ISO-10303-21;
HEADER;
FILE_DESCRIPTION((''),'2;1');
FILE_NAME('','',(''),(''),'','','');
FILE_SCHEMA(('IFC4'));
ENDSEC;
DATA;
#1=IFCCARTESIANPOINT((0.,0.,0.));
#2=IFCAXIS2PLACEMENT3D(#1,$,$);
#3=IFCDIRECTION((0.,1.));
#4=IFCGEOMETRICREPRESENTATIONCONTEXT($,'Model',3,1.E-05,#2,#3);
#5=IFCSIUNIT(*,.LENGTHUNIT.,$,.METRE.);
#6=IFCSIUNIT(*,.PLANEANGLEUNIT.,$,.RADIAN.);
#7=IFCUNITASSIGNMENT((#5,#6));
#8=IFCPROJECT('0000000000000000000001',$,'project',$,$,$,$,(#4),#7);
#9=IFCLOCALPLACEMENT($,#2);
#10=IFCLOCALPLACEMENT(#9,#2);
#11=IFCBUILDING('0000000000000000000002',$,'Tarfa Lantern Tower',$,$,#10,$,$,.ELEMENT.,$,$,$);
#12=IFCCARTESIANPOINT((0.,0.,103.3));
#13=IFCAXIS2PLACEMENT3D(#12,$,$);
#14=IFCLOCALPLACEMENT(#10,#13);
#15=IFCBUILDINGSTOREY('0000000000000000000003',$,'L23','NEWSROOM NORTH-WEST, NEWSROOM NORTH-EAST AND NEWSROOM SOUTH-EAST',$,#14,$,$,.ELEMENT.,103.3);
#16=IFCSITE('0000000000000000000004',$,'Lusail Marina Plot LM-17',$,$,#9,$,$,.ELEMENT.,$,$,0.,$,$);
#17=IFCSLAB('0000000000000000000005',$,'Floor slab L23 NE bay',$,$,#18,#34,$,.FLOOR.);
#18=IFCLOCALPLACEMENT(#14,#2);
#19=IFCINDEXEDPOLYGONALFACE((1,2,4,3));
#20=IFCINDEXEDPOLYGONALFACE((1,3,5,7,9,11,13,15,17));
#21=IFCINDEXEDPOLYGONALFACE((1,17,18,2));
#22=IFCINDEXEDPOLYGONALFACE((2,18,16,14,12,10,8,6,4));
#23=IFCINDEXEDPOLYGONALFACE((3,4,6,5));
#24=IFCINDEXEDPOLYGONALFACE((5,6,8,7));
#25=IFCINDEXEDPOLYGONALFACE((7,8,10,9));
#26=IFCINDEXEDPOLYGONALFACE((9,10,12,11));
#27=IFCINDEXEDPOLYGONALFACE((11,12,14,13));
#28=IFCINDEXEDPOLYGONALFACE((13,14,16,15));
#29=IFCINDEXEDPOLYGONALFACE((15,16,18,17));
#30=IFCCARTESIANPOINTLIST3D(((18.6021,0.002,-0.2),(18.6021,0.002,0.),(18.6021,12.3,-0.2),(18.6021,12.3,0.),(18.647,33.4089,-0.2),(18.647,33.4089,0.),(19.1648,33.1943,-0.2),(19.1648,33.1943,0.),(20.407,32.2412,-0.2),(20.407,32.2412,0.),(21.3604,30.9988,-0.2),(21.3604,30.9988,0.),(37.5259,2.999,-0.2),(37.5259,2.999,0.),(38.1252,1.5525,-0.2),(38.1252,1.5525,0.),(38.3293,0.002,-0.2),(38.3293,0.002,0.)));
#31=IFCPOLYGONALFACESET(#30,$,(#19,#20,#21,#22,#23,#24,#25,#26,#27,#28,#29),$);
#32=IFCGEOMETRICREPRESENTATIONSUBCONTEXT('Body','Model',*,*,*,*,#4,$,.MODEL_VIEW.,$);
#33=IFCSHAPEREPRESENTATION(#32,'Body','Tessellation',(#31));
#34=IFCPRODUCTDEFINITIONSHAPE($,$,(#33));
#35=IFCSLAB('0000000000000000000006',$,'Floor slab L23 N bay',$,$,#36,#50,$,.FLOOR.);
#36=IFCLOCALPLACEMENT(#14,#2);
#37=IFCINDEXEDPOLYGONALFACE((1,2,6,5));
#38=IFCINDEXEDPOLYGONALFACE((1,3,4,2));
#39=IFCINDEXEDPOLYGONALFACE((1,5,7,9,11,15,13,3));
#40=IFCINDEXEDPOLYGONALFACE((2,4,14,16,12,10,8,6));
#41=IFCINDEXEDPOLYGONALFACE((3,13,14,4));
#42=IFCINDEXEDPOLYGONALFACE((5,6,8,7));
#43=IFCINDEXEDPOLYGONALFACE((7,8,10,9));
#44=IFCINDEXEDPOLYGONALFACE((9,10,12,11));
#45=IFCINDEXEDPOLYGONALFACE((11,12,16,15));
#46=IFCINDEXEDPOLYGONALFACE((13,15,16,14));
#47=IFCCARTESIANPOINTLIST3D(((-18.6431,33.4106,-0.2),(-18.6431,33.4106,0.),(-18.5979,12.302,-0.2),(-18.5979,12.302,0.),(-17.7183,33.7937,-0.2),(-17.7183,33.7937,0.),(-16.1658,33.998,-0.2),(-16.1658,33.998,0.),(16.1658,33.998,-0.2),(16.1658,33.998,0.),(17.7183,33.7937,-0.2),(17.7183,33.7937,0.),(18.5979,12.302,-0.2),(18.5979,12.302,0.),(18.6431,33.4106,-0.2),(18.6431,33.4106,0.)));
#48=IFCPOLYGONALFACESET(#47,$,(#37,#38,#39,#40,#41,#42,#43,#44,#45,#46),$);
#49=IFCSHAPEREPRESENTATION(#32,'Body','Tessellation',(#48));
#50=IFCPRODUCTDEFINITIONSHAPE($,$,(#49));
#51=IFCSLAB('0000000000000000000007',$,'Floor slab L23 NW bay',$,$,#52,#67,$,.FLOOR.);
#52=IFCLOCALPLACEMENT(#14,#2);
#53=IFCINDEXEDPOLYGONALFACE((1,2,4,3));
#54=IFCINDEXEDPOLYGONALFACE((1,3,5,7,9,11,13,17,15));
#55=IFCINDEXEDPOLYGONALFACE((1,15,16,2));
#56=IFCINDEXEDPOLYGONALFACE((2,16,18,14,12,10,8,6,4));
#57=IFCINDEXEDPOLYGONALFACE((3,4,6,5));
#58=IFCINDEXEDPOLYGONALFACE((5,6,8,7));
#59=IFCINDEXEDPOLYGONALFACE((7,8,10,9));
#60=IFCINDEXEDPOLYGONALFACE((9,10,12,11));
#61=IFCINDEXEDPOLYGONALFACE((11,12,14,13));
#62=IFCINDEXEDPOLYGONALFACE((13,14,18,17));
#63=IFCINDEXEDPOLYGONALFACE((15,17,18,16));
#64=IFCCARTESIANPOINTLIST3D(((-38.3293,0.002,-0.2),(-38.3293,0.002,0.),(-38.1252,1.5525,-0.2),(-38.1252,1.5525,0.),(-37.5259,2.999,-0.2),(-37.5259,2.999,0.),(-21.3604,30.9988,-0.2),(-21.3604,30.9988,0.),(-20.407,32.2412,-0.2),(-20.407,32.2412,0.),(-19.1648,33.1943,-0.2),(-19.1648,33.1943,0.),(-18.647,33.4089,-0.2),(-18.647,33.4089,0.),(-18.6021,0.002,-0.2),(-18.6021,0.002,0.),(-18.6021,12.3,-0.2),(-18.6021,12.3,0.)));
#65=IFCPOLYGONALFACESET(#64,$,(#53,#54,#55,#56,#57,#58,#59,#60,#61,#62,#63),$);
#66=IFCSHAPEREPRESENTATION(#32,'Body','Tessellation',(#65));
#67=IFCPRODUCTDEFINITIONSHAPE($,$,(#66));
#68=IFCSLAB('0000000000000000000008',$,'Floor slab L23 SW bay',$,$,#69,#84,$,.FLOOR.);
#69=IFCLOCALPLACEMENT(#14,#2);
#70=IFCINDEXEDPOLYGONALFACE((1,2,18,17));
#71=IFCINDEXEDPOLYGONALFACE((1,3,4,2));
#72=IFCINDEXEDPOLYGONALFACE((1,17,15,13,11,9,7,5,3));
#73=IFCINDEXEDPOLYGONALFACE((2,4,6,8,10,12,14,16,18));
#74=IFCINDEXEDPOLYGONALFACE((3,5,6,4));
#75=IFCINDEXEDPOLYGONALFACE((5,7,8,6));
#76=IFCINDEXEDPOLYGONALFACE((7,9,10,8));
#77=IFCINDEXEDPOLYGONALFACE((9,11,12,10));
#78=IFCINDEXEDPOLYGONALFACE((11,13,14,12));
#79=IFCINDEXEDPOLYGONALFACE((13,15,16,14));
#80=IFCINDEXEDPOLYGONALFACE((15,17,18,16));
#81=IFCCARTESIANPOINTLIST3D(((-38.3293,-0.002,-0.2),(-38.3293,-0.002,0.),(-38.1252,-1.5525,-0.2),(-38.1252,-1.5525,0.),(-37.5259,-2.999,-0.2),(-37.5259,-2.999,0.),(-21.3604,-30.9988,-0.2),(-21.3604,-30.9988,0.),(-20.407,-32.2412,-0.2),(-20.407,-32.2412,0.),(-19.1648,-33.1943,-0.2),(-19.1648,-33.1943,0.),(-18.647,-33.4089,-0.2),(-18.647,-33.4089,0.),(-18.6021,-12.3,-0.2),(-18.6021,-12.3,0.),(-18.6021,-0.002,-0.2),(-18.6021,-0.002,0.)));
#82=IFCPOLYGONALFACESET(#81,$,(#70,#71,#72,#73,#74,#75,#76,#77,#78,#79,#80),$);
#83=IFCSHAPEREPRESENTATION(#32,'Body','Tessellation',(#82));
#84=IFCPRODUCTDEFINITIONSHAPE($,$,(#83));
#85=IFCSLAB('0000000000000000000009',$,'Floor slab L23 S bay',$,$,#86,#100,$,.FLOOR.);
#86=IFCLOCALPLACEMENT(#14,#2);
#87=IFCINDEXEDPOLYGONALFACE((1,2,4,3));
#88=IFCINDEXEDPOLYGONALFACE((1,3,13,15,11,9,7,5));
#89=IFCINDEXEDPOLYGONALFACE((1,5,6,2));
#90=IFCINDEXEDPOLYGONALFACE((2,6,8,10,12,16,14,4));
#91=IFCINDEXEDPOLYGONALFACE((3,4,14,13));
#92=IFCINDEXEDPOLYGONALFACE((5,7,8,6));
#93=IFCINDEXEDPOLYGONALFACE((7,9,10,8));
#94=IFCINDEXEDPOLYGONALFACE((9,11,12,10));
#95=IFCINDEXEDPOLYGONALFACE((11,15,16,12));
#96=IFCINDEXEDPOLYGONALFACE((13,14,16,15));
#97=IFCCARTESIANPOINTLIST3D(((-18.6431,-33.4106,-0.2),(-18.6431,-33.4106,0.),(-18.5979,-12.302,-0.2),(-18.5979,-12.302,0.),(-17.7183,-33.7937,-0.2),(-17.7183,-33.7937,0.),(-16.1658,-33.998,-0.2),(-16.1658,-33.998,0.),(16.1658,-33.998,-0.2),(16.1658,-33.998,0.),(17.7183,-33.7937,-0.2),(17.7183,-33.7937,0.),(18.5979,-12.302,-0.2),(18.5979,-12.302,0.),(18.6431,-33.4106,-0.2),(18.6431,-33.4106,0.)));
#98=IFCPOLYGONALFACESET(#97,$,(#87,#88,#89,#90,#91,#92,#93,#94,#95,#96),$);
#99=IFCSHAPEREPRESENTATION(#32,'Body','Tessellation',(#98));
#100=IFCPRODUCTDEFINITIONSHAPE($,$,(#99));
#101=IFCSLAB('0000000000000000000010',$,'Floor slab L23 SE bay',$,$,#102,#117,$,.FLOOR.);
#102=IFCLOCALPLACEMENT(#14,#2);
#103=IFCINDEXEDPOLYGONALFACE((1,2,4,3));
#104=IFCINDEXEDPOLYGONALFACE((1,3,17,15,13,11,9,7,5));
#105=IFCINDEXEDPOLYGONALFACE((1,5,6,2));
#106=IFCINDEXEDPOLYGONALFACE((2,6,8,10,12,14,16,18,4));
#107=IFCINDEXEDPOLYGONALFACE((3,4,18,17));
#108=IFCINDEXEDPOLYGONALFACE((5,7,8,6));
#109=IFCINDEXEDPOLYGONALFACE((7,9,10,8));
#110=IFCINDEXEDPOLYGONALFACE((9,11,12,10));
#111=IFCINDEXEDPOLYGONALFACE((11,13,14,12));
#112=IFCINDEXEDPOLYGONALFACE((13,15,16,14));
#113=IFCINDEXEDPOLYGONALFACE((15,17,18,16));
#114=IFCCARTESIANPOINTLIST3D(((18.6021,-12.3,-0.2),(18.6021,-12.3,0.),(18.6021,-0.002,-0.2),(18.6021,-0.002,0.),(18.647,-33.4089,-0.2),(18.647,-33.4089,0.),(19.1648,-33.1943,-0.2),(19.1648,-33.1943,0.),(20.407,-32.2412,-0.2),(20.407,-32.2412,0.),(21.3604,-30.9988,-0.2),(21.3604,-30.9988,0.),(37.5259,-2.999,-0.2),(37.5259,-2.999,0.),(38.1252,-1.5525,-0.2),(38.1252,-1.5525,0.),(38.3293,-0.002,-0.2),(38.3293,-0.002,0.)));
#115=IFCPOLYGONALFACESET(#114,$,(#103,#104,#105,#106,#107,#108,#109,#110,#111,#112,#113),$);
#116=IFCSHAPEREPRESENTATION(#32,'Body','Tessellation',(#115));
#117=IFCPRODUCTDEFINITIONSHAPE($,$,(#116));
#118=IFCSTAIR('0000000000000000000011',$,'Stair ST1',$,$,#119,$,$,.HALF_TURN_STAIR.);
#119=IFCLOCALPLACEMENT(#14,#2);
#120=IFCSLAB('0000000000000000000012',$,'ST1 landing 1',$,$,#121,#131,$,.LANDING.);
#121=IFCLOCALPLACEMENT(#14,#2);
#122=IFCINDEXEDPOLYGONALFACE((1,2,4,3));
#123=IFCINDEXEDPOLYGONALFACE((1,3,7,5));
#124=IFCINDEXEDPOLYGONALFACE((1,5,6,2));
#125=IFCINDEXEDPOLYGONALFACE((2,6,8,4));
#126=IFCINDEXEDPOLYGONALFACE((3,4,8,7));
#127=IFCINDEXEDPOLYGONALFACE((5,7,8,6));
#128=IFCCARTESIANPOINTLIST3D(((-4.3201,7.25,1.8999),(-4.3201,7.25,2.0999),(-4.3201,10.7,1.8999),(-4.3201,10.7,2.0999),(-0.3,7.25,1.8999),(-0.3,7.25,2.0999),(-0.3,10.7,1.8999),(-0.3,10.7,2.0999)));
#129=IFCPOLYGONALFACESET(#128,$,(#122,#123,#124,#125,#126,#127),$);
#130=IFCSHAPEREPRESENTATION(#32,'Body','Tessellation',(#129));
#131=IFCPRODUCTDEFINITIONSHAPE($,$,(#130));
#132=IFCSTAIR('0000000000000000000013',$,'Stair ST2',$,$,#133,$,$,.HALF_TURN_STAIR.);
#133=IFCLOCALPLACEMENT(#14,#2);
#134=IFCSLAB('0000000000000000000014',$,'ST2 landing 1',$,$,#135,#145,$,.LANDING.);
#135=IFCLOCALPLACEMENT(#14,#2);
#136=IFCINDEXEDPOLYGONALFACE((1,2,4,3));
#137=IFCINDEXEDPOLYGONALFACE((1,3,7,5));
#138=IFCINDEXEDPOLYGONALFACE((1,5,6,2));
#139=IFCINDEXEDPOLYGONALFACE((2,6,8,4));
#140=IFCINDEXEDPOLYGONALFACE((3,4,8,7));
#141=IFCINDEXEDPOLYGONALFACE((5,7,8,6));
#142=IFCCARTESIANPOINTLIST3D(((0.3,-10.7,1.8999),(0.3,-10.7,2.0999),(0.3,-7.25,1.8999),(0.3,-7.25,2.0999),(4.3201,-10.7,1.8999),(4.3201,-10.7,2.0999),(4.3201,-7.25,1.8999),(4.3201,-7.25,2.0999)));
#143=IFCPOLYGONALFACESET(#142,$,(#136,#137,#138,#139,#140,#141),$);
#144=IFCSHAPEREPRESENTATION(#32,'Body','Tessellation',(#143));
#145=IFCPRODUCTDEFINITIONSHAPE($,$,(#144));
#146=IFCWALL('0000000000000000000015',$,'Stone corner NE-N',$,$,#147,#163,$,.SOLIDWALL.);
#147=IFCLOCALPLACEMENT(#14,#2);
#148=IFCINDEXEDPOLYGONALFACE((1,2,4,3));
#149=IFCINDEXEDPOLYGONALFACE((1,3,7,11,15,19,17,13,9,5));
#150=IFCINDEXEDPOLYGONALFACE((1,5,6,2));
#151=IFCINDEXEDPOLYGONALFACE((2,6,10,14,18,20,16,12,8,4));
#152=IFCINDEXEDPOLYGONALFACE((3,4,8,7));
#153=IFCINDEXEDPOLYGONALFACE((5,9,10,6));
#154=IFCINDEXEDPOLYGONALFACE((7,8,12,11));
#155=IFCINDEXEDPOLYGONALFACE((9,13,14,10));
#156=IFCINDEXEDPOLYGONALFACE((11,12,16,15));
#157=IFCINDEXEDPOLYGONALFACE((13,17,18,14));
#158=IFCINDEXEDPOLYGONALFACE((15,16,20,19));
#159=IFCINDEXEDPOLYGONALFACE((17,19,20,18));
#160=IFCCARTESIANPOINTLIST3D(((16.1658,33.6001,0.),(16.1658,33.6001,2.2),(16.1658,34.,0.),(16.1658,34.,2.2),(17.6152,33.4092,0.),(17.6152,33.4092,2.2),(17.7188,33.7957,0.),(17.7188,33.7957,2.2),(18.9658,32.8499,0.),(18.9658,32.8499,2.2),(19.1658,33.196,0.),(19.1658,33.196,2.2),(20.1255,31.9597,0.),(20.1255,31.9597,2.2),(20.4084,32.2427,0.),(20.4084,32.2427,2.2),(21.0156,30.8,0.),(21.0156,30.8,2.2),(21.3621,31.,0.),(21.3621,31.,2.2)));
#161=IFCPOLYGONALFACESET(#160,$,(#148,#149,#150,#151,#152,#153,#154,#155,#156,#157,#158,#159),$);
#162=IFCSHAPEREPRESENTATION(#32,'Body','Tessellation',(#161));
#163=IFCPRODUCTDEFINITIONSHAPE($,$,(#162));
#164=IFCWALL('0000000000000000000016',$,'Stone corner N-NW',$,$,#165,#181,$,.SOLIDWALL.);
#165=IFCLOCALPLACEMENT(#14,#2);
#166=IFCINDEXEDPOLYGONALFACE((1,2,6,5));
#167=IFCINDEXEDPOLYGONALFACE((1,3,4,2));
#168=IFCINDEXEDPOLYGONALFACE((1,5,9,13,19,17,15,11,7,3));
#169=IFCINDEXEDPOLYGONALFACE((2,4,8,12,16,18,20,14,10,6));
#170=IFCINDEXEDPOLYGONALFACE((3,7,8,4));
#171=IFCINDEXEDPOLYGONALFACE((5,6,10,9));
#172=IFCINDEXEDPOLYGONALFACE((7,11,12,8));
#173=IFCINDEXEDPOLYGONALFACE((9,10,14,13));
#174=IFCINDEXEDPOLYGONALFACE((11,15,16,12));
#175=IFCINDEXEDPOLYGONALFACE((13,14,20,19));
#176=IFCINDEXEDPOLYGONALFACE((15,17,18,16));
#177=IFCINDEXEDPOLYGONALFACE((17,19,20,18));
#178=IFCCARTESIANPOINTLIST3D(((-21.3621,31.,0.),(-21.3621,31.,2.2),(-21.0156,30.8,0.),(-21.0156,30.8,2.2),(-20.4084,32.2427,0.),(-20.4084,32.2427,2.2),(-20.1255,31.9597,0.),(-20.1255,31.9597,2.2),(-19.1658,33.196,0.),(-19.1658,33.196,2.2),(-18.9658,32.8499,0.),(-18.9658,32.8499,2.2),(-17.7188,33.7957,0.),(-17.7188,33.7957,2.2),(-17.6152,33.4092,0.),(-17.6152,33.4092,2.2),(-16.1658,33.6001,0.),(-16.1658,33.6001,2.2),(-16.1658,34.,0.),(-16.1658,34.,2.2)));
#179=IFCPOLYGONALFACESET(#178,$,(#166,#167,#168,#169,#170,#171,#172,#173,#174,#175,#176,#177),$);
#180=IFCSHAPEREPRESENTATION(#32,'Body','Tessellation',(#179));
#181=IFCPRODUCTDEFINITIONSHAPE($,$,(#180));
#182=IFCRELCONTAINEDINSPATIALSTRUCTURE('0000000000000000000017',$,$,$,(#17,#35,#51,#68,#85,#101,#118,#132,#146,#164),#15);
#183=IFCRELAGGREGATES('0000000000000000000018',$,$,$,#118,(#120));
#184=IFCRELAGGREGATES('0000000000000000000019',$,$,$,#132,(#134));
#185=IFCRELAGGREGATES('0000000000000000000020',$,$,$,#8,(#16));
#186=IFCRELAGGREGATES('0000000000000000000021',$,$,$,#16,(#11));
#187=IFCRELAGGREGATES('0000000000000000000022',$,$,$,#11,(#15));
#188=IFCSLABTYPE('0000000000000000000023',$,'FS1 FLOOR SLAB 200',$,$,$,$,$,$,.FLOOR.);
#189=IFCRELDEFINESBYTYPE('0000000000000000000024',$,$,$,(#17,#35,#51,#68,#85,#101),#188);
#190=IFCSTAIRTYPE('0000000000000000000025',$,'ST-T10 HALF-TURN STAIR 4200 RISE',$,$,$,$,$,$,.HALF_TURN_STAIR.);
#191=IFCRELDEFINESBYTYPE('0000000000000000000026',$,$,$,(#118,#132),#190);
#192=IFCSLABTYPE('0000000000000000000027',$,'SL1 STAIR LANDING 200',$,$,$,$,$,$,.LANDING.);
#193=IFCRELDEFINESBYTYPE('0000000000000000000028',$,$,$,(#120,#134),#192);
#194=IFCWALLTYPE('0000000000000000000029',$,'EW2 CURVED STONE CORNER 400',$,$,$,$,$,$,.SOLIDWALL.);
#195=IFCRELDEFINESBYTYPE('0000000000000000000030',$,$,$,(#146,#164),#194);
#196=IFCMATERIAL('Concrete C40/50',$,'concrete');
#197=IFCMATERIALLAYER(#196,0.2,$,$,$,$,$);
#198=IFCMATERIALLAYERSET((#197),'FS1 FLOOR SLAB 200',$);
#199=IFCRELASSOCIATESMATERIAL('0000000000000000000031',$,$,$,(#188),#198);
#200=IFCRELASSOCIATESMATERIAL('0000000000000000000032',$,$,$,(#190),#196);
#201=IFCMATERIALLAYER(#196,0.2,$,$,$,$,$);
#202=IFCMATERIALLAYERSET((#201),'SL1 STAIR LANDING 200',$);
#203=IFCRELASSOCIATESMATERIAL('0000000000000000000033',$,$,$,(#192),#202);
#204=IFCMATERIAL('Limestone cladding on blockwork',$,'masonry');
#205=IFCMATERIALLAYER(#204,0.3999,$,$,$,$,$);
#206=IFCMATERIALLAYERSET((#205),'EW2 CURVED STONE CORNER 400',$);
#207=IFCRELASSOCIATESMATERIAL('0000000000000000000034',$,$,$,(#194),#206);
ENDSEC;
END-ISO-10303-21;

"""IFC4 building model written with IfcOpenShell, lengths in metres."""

from ifc_helpers import new_model, si_unit, direction, frame, origin, place, context, subcontext, project, spatial, polyline, outline, extrude, material, layer, layer_set, type_object, element, aggregate, save


model = new_model("IFC4")

# Units and contexts
model_context = context("Model", 3, precision=1e-05, world=origin(), true_north=direction((0.0, 1.0)))
body_context = subcontext(model_context, "Body", "Model", "MODEL_VIEW")
ifc_project = project(units=[si_unit("LENGTHUNIT", "METRE"), si_unit("PLANEANGLEUNIT", "RADIAN")], contexts=[model_context])

# Site, building, storey
site_placement = place(None, origin())
site = spatial("IfcSite", under=ifc_project, at=site_placement, Name="Lusail Marina Plot LM-17", CompositionType="ELEMENT", RefElevation=0.0)
building_placement = place(site_placement, origin())
building = spatial("IfcBuilding", under=site, at=building_placement, Name="Tarfa Lantern Tower", CompositionType="ELEMENT")
storey_placement = place(building_placement, frame((0.0, 0.0, 103.3)))
storey = spatial("IfcBuildingStorey", under=building, at=storey_placement, Name="L23", Description="NEWSROOM NORTH-WEST, NEWSROOM NORTH-EAST AND NEWSROOM SOUTH-EAST", CompositionType="ELEMENT", Elevation=103.3)

# Slabs
ifc_material_1 = material(Name="Concrete C40/50", Category="concrete")
ifc_layer_1 = layer(ifc_material_1, 0.2)
ifc_layer_set_1 = layer_set([ifc_layer_1], Name="FS1 FLOOR SLAB 200")
slab_type_1 = type_object("IfcSlabType", Name="FS1 FLOOR SLAB 200", PredefinedType="FLOOR", material=ifc_layer_set_1)
slab_1_placement = place(storey_placement, frame((0.0, 0.0, -0.2)))
element("IfcSlab", 1, at=slab_1_placement, inside=storey, type_object=slab_type_1, Name="Floor slab L23 NE bay", PredefinedType="FLOOR", context=body_context, shape_type="SweptSolid", body=[
    extrude(outline(polyline([(37.5259, 2.999), (21.3604, 30.9988), (20.407, 32.2412), (19.1648, 33.1943), (18.647, 33.4089), (18.6021, 12.3), (18.6021, 0.002), (38.3293, 0.002), (38.1252, 1.5525), (37.5259, 2.999)])), origin(), (0.0, 0.0, 1.0), 0.2),
])
slab_2_placement = place(storey_placement, frame((0.0, 0.0, -0.2)))
element("IfcSlab", 2, at=slab_2_placement, inside=storey, type_object=slab_type_1, Name="Floor slab L23 N bay", PredefinedType="FLOOR", context=body_context, shape_type="SweptSolid", body=[
    extrude(outline(polyline([(-18.5979, 12.302), (18.5979, 12.302), (18.6431, 33.4106), (17.7183, 33.7937), (16.1658, 33.998), (-16.1658, 33.998), (-17.7183, 33.7937), (-18.6431, 33.4106), (-18.5979, 12.302)])), origin(), (0.0, 0.0, 1.0), 0.2),
])
slab_3_placement = place(storey_placement, frame((0.0, 0.0, -0.2)))
element("IfcSlab", 3, at=slab_3_placement, inside=storey, type_object=slab_type_1, Name="Floor slab L23 NW bay", PredefinedType="FLOOR", context=body_context, shape_type="SweptSolid", body=[
    extrude(outline(polyline([(-18.6021, 0.002), (-18.6021, 12.3), (-18.647, 33.4089), (-19.1648, 33.1943), (-20.407, 32.2412), (-21.3604, 30.9988), (-37.5259, 2.999), (-38.1252, 1.5525), (-38.3293, 0.002), (-18.6021, 0.002)])), origin(), (0.0, 0.0, 1.0), 0.2),
])
slab_4_placement = place(storey_placement, frame((0.0, 0.0, -0.2)))
element("IfcSlab", 4, at=slab_4_placement, inside=storey, type_object=slab_type_1, Name="Floor slab L23 SW bay", PredefinedType="FLOOR", context=body_context, shape_type="SweptSolid", body=[
    extrude(outline(polyline([(-18.6021, -12.3), (-18.6021, -0.002), (-38.3293, -0.002), (-38.1252, -1.5525), (-37.5259, -2.999), (-21.3604, -30.9988), (-20.407, -32.2412), (-19.1648, -33.1943), (-18.647, -33.4089), (-18.6021, -12.3)])), origin(), (0.0, 0.0, 1.0), 0.2),
])
slab_5_placement = place(storey_placement, frame((0.0, 0.0, -0.2)))
element("IfcSlab", 5, at=slab_5_placement, inside=storey, type_object=slab_type_1, Name="Floor slab L23 S bay", PredefinedType="FLOOR", context=body_context, shape_type="SweptSolid", body=[
    extrude(outline(polyline([(18.5979, -12.302), (-18.5979, -12.302), (-18.6431, -33.4106), (-17.7183, -33.7937), (-16.1658, -33.998), (16.1658, -33.998), (17.7183, -33.7937), (18.6431, -33.4106), (18.5979, -12.302)])), origin(), (0.0, 0.0, 1.0), 0.2),
])
slab_6_placement = place(storey_placement, frame((0.0, 0.0, -0.2)))
element("IfcSlab", 6, at=slab_6_placement, inside=storey, type_object=slab_type_1, Name="Floor slab L23 SE bay", PredefinedType="FLOOR", context=body_context, shape_type="SweptSolid", body=[
    extrude(outline(polyline([(18.6021, -0.002), (18.6021, -12.3), (18.647, -33.4089), (19.1648, -33.1943), (20.407, -32.2412), (21.3604, -30.9988), (37.5259, -2.999), (38.1252, -1.5525), (38.3293, -0.002), (18.6021, -0.002)])), origin(), (0.0, 0.0, 1.0), 0.2),
])

# Stairs, slabs
stair_type = type_object("IfcStairType", Name="ST-T10 HALF-TURN STAIR 4200 RISE", PredefinedType="HALF_TURN_STAIR", material=ifc_material_1)
stair_1_placement = place(storey_placement, origin())
stair_1 = element("IfcStair", 7, at=stair_1_placement, inside=storey, type_object=stair_type, Name="Stair ST1", PredefinedType="HALF_TURN_STAIR")
ifc_layer_2 = layer(ifc_material_1, 0.2)
ifc_layer_set_2 = layer_set([ifc_layer_2], Name="SL1 STAIR LANDING 200")
slab_type_2 = type_object("IfcSlabType", Name="SL1 STAIR LANDING 200", PredefinedType="LANDING", material=ifc_layer_set_2)
slab_7_placement = place(storey_placement, frame((0.0, 0.0, 1.8999)))
slab_7 = element("IfcSlab", 8, at=slab_7_placement, type_object=slab_type_2, Name="ST1 landing 1", PredefinedType="LANDING", context=body_context, shape_type="SweptSolid", body=[
    extrude(outline(polyline([(-4.3201, 7.25), (-0.3, 7.25), (-0.3, 10.7), (-4.3201, 10.7), (-4.3201, 7.25)])), origin(), (0.0, 0.0, 1.0), 0.2),
])
aggregate(stair_1, [slab_7])
stair_2_placement = place(storey_placement, origin())
stair_2 = element("IfcStair", 9, at=stair_2_placement, inside=storey, type_object=stair_type, Name="Stair ST2", PredefinedType="HALF_TURN_STAIR")
slab_8_placement = place(storey_placement, frame((0.0, 0.0, 1.8999)))
slab_8 = element("IfcSlab", 10, at=slab_8_placement, type_object=slab_type_2, Name="ST2 landing 1", PredefinedType="LANDING", context=body_context, shape_type="SweptSolid", body=[
    extrude(outline(polyline([(4.3201, -7.25), (0.3, -7.25), (0.3, -10.7), (4.3201, -10.7), (4.3201, -7.25)])), origin(), (0.0, 0.0, 1.0), 0.2),
])
aggregate(stair_2, [slab_8])

# Walls
ifc_material_2 = material(Name="Limestone cladding on blockwork", Category="masonry")
ifc_layer_3 = layer(ifc_material_2, 0.3999)
ifc_layer_set_3 = layer_set([ifc_layer_3], Name="EW2 CURVED STONE CORNER 400")
wall_type_1 = type_object("IfcWallType", Name="EW2 CURVED STONE CORNER 400", PredefinedType="SOLIDWALL", material=ifc_layer_set_3)
wall_1_placement = place(storey_placement, origin())
element("IfcWall", 11, at=wall_1_placement, inside=storey, type_object=wall_type_1, Name="Stone corner NE-N", PredefinedType="SOLIDWALL", context=body_context, shape_type="SweptSolid", body=[
    extrude(outline(polyline([(21.3621, 31.0), (20.4084, 32.2427), (19.1658, 33.196), (17.7188, 33.7957), (16.1658, 34.0), (16.1658, 33.6001), (17.6152, 33.4092), (18.9658, 32.8499), (20.1255, 31.9597), (21.0156, 30.8), (21.3621, 31.0)])), origin(), (0.0, 0.0, 1.0), 2.2),
])
wall_2_placement = place(storey_placement, origin())
element("IfcWall", 12, at=wall_2_placement, inside=storey, type_object=wall_type_1, Name="Stone corner N-NW", PredefinedType="SOLIDWALL", context=body_context, shape_type="SweptSolid", body=[
    extrude(outline(polyline([(-16.1658, 34.0), (-17.7188, 33.7957), (-19.1658, 33.196), (-20.4084, 32.2427), (-21.3621, 31.0), (-21.0156, 30.8), (-20.1255, 31.9597), (-18.9658, 32.8499), (-17.6152, 33.4092), (-16.1658, 33.6001), (-16.1658, 34.0)])), origin(), (0.0, 0.0, 1.0), 2.2),
])

save(model, "model.ifc")
